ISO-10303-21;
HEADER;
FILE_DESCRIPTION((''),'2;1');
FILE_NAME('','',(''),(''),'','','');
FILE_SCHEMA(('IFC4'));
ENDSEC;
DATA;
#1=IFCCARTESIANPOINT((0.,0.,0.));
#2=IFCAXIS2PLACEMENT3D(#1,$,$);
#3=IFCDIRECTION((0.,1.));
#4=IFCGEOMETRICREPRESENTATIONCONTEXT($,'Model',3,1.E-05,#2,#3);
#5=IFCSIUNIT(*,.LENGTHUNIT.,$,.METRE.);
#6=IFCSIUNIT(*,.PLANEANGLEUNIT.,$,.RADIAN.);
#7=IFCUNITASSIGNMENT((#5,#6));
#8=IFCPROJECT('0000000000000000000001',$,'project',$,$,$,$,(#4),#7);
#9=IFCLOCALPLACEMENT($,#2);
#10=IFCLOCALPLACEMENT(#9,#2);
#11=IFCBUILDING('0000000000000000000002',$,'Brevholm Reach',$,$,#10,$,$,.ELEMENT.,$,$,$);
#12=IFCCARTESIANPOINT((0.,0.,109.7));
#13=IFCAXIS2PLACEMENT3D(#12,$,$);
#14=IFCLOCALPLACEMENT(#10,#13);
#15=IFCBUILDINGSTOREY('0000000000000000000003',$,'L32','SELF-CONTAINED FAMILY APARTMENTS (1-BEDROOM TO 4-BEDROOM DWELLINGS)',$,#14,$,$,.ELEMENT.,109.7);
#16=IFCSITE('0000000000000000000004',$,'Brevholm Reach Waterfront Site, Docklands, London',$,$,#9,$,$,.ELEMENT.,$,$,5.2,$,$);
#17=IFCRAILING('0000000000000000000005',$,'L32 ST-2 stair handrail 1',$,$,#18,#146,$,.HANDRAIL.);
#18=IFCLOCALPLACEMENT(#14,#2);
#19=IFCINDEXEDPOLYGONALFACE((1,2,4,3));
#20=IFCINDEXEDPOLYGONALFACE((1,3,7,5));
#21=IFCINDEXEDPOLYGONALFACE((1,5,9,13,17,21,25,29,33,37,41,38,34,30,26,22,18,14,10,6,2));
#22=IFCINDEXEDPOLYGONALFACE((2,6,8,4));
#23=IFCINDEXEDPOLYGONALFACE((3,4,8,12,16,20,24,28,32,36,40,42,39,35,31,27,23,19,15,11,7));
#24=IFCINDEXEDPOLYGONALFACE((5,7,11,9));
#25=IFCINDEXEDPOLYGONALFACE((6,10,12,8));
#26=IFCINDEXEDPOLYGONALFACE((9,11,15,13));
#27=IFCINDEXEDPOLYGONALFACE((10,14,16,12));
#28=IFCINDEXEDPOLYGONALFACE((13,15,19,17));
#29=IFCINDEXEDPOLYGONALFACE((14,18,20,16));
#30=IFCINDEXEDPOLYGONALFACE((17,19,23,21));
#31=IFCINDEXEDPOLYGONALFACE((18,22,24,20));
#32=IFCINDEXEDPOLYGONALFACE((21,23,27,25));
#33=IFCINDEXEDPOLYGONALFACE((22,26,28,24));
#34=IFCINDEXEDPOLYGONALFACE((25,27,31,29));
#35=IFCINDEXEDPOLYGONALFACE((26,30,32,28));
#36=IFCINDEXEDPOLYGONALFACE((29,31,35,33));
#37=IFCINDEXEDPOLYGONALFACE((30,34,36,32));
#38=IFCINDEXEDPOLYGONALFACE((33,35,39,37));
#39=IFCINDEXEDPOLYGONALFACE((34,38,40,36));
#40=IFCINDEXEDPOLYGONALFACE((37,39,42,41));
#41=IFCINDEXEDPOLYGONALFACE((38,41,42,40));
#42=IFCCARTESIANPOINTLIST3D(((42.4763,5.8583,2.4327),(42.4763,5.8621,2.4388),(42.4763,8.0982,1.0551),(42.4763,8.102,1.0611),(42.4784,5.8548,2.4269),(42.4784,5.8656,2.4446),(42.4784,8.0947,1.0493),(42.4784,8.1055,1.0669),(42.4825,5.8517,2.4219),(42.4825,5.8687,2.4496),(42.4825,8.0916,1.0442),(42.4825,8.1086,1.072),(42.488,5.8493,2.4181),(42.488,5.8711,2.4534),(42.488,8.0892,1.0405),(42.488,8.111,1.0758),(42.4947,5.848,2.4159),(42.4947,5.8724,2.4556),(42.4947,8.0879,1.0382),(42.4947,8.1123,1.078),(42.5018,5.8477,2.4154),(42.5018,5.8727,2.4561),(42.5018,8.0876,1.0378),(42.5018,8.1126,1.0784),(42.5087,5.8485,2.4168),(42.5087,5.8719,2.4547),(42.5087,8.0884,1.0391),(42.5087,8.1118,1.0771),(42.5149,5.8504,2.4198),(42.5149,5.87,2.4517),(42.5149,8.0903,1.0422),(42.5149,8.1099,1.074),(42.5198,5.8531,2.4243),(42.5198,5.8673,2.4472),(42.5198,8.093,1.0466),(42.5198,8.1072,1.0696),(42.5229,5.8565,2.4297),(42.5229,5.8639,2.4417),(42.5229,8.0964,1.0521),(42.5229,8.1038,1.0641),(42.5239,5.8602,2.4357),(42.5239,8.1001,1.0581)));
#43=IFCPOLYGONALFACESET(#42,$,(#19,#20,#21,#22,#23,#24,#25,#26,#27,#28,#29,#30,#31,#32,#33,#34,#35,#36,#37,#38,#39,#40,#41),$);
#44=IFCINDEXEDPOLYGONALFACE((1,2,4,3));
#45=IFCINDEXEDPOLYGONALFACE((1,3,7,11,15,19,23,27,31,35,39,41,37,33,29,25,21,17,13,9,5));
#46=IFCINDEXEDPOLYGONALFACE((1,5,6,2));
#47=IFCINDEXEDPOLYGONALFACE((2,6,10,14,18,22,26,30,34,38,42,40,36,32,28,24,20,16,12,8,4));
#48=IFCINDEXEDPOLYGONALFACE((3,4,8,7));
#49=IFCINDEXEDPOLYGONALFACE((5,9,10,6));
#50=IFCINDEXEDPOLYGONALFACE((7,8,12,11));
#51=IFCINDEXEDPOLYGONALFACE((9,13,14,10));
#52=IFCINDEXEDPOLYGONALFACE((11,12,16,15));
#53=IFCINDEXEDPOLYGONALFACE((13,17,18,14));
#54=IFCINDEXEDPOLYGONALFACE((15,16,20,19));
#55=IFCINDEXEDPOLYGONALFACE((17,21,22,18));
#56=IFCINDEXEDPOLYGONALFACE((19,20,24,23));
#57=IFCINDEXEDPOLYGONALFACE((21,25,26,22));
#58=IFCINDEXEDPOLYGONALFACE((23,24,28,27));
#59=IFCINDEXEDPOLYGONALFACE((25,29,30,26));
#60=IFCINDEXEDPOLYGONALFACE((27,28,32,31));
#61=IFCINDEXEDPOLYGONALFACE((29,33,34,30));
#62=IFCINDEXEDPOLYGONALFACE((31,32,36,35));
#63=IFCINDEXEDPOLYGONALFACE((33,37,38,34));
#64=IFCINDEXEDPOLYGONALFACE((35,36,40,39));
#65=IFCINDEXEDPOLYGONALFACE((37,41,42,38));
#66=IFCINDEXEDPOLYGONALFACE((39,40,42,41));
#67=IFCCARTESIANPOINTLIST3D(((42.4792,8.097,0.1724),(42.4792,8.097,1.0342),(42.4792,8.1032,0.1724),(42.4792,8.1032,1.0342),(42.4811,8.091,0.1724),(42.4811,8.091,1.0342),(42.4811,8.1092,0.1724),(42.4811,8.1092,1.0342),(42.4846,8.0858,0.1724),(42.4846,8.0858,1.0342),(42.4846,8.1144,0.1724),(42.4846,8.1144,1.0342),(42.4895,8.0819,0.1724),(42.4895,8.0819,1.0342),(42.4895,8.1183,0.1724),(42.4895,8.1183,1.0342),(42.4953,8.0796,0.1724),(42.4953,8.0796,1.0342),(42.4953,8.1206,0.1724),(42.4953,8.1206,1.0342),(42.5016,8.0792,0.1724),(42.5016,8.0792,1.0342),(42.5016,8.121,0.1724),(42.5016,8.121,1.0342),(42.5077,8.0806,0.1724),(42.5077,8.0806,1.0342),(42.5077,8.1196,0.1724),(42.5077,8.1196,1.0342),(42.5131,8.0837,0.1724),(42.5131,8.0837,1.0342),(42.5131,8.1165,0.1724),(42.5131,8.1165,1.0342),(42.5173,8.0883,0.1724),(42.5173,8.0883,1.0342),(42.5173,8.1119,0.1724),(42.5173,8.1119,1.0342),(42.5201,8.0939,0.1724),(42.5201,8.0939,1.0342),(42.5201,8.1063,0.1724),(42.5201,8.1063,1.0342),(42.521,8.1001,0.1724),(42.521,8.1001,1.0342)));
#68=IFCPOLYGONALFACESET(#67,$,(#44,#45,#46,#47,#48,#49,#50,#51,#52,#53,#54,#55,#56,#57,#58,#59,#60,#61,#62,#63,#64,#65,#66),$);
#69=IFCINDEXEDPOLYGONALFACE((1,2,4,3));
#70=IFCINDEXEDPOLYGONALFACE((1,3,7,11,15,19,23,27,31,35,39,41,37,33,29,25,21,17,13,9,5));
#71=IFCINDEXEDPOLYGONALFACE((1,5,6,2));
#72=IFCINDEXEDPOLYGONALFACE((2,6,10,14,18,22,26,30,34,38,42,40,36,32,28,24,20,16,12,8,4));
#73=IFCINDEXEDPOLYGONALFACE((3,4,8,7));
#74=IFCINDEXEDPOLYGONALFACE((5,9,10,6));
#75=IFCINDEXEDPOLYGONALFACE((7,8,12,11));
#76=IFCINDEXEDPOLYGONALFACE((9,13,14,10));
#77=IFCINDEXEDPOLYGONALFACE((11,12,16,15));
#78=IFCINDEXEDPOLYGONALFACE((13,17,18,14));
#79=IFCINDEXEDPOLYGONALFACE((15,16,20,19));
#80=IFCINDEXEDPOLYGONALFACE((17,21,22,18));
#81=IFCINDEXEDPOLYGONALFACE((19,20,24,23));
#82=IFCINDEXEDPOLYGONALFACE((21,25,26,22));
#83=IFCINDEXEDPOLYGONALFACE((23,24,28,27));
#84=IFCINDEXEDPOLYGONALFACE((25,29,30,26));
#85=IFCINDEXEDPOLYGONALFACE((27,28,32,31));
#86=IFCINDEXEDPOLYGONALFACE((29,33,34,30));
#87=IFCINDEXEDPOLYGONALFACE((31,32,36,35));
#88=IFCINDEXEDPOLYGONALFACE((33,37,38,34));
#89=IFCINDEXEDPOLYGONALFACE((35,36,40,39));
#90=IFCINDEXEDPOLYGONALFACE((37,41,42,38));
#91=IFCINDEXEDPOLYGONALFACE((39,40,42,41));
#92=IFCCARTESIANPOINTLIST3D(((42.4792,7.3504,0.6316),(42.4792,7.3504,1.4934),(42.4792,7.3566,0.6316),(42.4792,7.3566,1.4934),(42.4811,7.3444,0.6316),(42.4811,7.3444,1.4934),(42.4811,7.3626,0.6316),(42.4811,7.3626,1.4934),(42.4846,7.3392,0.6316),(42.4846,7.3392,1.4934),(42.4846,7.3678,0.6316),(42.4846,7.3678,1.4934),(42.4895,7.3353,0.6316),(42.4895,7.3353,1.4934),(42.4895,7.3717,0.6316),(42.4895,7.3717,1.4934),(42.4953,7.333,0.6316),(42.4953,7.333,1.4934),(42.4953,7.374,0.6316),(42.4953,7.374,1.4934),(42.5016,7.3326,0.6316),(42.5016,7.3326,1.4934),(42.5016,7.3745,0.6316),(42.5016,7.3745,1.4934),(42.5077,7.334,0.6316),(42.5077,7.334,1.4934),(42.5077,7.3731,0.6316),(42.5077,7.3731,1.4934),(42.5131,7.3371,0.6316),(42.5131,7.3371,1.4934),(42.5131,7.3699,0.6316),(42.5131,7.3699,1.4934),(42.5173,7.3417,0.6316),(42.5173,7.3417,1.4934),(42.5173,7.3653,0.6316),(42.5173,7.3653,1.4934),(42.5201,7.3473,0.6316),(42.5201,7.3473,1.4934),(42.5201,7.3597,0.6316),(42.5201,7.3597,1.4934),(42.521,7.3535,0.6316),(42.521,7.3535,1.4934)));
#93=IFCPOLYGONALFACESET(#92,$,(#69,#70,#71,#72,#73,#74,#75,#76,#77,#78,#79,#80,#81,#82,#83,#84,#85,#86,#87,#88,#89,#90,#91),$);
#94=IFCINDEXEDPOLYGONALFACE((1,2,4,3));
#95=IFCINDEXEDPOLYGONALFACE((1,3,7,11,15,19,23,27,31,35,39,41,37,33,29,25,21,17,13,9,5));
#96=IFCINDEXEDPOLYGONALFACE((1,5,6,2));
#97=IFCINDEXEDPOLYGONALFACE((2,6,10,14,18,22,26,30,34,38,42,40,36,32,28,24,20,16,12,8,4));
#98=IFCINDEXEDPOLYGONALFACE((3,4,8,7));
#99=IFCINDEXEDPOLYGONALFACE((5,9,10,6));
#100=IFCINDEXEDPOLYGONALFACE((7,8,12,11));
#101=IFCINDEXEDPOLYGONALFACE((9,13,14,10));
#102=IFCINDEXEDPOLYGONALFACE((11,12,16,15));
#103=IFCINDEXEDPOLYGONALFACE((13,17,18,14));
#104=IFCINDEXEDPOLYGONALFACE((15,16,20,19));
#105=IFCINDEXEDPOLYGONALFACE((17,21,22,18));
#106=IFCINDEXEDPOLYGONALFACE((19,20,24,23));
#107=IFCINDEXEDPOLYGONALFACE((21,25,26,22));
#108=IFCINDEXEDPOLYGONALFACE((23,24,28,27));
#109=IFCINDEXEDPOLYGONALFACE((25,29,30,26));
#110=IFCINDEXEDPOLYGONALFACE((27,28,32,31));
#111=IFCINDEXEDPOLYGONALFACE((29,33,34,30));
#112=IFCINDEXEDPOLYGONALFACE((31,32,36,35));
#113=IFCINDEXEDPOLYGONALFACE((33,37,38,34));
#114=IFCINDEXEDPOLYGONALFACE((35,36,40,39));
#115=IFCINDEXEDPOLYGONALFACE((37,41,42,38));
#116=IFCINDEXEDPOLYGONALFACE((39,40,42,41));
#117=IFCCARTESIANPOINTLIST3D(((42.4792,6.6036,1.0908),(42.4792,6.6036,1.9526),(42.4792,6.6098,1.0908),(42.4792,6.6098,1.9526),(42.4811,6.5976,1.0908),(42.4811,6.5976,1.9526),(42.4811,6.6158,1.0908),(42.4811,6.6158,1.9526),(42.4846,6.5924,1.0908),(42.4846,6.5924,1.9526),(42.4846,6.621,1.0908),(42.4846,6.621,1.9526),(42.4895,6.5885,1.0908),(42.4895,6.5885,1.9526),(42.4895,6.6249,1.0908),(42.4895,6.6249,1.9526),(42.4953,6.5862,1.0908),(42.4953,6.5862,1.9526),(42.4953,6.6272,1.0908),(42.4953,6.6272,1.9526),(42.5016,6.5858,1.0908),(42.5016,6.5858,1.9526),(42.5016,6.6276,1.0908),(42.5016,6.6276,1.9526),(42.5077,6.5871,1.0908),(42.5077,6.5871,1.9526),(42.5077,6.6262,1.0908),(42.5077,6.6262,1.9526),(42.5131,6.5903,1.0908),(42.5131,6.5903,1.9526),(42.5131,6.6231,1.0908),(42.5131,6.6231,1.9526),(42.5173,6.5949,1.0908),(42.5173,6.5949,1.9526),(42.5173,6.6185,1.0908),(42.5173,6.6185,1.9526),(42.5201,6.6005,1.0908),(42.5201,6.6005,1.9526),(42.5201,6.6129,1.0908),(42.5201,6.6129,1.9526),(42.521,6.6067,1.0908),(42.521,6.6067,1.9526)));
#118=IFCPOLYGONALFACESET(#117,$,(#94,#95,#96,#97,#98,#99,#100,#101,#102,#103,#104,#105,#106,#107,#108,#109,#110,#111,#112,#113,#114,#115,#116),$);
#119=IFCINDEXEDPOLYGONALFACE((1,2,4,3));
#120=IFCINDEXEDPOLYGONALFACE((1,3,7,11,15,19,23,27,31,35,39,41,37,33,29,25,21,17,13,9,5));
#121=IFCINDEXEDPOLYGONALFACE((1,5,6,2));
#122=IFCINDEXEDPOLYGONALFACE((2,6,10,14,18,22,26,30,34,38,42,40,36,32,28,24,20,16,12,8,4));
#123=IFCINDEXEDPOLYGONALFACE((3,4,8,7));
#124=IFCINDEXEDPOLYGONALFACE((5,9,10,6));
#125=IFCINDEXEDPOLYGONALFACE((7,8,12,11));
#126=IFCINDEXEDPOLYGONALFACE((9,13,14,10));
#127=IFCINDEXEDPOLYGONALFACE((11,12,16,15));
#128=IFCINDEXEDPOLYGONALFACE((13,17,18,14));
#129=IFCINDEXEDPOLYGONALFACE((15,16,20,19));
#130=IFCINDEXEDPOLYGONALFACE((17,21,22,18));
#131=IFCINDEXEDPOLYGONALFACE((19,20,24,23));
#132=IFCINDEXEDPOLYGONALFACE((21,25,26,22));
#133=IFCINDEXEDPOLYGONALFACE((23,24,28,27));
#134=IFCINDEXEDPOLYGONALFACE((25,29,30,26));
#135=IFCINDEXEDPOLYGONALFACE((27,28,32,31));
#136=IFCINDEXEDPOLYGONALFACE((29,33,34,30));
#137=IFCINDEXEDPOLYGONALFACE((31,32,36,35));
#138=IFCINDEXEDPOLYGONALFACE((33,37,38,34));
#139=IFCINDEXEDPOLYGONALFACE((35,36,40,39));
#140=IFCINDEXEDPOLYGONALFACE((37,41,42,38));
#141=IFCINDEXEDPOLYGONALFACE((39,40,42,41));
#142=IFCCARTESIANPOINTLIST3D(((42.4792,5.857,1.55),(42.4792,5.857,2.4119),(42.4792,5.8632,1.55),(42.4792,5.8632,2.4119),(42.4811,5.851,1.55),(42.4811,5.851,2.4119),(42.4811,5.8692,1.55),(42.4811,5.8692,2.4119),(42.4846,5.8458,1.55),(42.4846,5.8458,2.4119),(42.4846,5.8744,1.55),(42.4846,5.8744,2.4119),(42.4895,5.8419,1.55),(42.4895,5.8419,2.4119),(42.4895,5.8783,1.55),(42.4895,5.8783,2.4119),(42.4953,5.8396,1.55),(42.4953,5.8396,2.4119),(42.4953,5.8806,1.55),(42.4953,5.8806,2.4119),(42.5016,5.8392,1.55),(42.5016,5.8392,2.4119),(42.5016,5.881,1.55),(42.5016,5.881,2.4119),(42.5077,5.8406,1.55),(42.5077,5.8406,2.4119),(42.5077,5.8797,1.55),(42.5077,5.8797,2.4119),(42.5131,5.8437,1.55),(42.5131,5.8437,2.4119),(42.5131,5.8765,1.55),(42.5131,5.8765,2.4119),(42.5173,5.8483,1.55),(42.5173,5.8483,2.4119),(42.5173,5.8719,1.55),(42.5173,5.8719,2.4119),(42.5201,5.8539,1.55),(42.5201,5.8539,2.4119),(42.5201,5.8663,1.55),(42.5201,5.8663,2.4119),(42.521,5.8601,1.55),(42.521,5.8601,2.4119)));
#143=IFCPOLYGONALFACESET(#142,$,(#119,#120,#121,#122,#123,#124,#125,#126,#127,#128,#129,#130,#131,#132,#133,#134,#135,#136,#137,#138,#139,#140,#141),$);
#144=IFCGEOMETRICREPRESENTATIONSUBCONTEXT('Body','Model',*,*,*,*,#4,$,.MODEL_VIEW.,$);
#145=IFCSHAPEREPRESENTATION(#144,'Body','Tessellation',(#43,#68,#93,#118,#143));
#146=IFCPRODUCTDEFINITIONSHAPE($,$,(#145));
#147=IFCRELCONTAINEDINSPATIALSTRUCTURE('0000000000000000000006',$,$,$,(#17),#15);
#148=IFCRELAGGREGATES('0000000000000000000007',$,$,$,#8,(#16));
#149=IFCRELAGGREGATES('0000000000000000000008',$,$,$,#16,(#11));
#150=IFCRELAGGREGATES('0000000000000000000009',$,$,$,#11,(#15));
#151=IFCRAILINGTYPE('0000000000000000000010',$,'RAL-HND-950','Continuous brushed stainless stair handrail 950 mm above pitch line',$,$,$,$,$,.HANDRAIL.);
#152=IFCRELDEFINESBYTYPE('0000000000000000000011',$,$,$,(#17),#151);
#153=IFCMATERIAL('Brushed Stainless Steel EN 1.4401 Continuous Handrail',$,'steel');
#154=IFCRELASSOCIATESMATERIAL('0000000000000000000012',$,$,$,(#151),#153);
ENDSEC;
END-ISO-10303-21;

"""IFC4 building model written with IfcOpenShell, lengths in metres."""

from ifc_helpers import new_model, si_unit, direction, frame, origin, origin_2d, place, context, subcontext, project, spatial, circle, extrude, material, type_object, element, save


model = new_model("IFC4")

# Units and contexts
model_context = context("Model", 3, precision=1e-05, world=origin(), true_north=direction((0.0, 1.0)))
body_context = subcontext(model_context, "Body", "Model", "MODEL_VIEW")
ifc_project = project(units=[si_unit("LENGTHUNIT", "METRE"), si_unit("PLANEANGLEUNIT", "RADIAN")], contexts=[model_context])

# Site, building, storey
site_placement = place(None, origin())
site = spatial("IfcSite", under=ifc_project, at=site_placement, Name="Brevholm Reach Waterfront Site, Docklands, London", CompositionType="ELEMENT", RefElevation=5.2)
building_placement = place(site_placement, origin())
building = spatial("IfcBuilding", under=site, at=building_placement, Name="Brevholm Reach", CompositionType="ELEMENT")
storey_placement = place(building_placement, frame((0.0, 0.0, 109.7)))
storey = spatial("IfcBuildingStorey", under=building, at=storey_placement, Name="L32", Description="SELF-CONTAINED FAMILY APARTMENTS (1-BEDROOM TO 4-BEDROOM DWELLINGS)", CompositionType="ELEMENT", Elevation=109.7)

# Railing
ifc_material_1 = material(Name="Brushed Stainless Steel EN 1.4401 Continuous Handrail", Category="steel")
railing_type_1 = type_object("IfcRailingType", Name="RAL-HND-950", Description="Continuous brushed stainless stair handrail 950 mm above pitch line", PredefinedType="HANDRAIL", material=ifc_material_1)
railing_1_placement = place(storey_placement, frame((42.5, 8.1001, 0.1724)))
element("IfcRailing", 1, at=railing_1_placement, inside=storey, type_object=railing_type_1, Name="L32 ST-2 stair handrail 1", PredefinedType="HANDRAIL", context=body_context, shape_type="SweptSolid", body=[
    extrude(circle(Radius=0.0239, at=origin_2d()), frame((0.0, 0.0, 0.8857), z_axis=(0.0, -0.851789, 0.523885), x_axis=(1.0, 0.0, 0.0)), (0.0, 0.0, 1.0), 2.6296),
    extrude(circle(Radius=0.021, at=origin_2d()), origin(), (0.0, 0.0, 1.0), 0.8618),
    extrude(circle(Radius=0.021, at=origin_2d()), frame((0.0, -0.7466, 0.4592)), (0.0, 0.0, 1.0), 0.8618),
    extrude(circle(Radius=0.021, at=origin_2d()), frame((0.0, -1.4934, 0.9185)), (0.0, 0.0, 1.0), 0.8618),
    extrude(circle(Radius=0.021, at=origin_2d()), frame((0.0, -2.24, 1.3777)), (0.0, 0.0, 1.0), 0.8618),
])

save(model, "model.ifc")
